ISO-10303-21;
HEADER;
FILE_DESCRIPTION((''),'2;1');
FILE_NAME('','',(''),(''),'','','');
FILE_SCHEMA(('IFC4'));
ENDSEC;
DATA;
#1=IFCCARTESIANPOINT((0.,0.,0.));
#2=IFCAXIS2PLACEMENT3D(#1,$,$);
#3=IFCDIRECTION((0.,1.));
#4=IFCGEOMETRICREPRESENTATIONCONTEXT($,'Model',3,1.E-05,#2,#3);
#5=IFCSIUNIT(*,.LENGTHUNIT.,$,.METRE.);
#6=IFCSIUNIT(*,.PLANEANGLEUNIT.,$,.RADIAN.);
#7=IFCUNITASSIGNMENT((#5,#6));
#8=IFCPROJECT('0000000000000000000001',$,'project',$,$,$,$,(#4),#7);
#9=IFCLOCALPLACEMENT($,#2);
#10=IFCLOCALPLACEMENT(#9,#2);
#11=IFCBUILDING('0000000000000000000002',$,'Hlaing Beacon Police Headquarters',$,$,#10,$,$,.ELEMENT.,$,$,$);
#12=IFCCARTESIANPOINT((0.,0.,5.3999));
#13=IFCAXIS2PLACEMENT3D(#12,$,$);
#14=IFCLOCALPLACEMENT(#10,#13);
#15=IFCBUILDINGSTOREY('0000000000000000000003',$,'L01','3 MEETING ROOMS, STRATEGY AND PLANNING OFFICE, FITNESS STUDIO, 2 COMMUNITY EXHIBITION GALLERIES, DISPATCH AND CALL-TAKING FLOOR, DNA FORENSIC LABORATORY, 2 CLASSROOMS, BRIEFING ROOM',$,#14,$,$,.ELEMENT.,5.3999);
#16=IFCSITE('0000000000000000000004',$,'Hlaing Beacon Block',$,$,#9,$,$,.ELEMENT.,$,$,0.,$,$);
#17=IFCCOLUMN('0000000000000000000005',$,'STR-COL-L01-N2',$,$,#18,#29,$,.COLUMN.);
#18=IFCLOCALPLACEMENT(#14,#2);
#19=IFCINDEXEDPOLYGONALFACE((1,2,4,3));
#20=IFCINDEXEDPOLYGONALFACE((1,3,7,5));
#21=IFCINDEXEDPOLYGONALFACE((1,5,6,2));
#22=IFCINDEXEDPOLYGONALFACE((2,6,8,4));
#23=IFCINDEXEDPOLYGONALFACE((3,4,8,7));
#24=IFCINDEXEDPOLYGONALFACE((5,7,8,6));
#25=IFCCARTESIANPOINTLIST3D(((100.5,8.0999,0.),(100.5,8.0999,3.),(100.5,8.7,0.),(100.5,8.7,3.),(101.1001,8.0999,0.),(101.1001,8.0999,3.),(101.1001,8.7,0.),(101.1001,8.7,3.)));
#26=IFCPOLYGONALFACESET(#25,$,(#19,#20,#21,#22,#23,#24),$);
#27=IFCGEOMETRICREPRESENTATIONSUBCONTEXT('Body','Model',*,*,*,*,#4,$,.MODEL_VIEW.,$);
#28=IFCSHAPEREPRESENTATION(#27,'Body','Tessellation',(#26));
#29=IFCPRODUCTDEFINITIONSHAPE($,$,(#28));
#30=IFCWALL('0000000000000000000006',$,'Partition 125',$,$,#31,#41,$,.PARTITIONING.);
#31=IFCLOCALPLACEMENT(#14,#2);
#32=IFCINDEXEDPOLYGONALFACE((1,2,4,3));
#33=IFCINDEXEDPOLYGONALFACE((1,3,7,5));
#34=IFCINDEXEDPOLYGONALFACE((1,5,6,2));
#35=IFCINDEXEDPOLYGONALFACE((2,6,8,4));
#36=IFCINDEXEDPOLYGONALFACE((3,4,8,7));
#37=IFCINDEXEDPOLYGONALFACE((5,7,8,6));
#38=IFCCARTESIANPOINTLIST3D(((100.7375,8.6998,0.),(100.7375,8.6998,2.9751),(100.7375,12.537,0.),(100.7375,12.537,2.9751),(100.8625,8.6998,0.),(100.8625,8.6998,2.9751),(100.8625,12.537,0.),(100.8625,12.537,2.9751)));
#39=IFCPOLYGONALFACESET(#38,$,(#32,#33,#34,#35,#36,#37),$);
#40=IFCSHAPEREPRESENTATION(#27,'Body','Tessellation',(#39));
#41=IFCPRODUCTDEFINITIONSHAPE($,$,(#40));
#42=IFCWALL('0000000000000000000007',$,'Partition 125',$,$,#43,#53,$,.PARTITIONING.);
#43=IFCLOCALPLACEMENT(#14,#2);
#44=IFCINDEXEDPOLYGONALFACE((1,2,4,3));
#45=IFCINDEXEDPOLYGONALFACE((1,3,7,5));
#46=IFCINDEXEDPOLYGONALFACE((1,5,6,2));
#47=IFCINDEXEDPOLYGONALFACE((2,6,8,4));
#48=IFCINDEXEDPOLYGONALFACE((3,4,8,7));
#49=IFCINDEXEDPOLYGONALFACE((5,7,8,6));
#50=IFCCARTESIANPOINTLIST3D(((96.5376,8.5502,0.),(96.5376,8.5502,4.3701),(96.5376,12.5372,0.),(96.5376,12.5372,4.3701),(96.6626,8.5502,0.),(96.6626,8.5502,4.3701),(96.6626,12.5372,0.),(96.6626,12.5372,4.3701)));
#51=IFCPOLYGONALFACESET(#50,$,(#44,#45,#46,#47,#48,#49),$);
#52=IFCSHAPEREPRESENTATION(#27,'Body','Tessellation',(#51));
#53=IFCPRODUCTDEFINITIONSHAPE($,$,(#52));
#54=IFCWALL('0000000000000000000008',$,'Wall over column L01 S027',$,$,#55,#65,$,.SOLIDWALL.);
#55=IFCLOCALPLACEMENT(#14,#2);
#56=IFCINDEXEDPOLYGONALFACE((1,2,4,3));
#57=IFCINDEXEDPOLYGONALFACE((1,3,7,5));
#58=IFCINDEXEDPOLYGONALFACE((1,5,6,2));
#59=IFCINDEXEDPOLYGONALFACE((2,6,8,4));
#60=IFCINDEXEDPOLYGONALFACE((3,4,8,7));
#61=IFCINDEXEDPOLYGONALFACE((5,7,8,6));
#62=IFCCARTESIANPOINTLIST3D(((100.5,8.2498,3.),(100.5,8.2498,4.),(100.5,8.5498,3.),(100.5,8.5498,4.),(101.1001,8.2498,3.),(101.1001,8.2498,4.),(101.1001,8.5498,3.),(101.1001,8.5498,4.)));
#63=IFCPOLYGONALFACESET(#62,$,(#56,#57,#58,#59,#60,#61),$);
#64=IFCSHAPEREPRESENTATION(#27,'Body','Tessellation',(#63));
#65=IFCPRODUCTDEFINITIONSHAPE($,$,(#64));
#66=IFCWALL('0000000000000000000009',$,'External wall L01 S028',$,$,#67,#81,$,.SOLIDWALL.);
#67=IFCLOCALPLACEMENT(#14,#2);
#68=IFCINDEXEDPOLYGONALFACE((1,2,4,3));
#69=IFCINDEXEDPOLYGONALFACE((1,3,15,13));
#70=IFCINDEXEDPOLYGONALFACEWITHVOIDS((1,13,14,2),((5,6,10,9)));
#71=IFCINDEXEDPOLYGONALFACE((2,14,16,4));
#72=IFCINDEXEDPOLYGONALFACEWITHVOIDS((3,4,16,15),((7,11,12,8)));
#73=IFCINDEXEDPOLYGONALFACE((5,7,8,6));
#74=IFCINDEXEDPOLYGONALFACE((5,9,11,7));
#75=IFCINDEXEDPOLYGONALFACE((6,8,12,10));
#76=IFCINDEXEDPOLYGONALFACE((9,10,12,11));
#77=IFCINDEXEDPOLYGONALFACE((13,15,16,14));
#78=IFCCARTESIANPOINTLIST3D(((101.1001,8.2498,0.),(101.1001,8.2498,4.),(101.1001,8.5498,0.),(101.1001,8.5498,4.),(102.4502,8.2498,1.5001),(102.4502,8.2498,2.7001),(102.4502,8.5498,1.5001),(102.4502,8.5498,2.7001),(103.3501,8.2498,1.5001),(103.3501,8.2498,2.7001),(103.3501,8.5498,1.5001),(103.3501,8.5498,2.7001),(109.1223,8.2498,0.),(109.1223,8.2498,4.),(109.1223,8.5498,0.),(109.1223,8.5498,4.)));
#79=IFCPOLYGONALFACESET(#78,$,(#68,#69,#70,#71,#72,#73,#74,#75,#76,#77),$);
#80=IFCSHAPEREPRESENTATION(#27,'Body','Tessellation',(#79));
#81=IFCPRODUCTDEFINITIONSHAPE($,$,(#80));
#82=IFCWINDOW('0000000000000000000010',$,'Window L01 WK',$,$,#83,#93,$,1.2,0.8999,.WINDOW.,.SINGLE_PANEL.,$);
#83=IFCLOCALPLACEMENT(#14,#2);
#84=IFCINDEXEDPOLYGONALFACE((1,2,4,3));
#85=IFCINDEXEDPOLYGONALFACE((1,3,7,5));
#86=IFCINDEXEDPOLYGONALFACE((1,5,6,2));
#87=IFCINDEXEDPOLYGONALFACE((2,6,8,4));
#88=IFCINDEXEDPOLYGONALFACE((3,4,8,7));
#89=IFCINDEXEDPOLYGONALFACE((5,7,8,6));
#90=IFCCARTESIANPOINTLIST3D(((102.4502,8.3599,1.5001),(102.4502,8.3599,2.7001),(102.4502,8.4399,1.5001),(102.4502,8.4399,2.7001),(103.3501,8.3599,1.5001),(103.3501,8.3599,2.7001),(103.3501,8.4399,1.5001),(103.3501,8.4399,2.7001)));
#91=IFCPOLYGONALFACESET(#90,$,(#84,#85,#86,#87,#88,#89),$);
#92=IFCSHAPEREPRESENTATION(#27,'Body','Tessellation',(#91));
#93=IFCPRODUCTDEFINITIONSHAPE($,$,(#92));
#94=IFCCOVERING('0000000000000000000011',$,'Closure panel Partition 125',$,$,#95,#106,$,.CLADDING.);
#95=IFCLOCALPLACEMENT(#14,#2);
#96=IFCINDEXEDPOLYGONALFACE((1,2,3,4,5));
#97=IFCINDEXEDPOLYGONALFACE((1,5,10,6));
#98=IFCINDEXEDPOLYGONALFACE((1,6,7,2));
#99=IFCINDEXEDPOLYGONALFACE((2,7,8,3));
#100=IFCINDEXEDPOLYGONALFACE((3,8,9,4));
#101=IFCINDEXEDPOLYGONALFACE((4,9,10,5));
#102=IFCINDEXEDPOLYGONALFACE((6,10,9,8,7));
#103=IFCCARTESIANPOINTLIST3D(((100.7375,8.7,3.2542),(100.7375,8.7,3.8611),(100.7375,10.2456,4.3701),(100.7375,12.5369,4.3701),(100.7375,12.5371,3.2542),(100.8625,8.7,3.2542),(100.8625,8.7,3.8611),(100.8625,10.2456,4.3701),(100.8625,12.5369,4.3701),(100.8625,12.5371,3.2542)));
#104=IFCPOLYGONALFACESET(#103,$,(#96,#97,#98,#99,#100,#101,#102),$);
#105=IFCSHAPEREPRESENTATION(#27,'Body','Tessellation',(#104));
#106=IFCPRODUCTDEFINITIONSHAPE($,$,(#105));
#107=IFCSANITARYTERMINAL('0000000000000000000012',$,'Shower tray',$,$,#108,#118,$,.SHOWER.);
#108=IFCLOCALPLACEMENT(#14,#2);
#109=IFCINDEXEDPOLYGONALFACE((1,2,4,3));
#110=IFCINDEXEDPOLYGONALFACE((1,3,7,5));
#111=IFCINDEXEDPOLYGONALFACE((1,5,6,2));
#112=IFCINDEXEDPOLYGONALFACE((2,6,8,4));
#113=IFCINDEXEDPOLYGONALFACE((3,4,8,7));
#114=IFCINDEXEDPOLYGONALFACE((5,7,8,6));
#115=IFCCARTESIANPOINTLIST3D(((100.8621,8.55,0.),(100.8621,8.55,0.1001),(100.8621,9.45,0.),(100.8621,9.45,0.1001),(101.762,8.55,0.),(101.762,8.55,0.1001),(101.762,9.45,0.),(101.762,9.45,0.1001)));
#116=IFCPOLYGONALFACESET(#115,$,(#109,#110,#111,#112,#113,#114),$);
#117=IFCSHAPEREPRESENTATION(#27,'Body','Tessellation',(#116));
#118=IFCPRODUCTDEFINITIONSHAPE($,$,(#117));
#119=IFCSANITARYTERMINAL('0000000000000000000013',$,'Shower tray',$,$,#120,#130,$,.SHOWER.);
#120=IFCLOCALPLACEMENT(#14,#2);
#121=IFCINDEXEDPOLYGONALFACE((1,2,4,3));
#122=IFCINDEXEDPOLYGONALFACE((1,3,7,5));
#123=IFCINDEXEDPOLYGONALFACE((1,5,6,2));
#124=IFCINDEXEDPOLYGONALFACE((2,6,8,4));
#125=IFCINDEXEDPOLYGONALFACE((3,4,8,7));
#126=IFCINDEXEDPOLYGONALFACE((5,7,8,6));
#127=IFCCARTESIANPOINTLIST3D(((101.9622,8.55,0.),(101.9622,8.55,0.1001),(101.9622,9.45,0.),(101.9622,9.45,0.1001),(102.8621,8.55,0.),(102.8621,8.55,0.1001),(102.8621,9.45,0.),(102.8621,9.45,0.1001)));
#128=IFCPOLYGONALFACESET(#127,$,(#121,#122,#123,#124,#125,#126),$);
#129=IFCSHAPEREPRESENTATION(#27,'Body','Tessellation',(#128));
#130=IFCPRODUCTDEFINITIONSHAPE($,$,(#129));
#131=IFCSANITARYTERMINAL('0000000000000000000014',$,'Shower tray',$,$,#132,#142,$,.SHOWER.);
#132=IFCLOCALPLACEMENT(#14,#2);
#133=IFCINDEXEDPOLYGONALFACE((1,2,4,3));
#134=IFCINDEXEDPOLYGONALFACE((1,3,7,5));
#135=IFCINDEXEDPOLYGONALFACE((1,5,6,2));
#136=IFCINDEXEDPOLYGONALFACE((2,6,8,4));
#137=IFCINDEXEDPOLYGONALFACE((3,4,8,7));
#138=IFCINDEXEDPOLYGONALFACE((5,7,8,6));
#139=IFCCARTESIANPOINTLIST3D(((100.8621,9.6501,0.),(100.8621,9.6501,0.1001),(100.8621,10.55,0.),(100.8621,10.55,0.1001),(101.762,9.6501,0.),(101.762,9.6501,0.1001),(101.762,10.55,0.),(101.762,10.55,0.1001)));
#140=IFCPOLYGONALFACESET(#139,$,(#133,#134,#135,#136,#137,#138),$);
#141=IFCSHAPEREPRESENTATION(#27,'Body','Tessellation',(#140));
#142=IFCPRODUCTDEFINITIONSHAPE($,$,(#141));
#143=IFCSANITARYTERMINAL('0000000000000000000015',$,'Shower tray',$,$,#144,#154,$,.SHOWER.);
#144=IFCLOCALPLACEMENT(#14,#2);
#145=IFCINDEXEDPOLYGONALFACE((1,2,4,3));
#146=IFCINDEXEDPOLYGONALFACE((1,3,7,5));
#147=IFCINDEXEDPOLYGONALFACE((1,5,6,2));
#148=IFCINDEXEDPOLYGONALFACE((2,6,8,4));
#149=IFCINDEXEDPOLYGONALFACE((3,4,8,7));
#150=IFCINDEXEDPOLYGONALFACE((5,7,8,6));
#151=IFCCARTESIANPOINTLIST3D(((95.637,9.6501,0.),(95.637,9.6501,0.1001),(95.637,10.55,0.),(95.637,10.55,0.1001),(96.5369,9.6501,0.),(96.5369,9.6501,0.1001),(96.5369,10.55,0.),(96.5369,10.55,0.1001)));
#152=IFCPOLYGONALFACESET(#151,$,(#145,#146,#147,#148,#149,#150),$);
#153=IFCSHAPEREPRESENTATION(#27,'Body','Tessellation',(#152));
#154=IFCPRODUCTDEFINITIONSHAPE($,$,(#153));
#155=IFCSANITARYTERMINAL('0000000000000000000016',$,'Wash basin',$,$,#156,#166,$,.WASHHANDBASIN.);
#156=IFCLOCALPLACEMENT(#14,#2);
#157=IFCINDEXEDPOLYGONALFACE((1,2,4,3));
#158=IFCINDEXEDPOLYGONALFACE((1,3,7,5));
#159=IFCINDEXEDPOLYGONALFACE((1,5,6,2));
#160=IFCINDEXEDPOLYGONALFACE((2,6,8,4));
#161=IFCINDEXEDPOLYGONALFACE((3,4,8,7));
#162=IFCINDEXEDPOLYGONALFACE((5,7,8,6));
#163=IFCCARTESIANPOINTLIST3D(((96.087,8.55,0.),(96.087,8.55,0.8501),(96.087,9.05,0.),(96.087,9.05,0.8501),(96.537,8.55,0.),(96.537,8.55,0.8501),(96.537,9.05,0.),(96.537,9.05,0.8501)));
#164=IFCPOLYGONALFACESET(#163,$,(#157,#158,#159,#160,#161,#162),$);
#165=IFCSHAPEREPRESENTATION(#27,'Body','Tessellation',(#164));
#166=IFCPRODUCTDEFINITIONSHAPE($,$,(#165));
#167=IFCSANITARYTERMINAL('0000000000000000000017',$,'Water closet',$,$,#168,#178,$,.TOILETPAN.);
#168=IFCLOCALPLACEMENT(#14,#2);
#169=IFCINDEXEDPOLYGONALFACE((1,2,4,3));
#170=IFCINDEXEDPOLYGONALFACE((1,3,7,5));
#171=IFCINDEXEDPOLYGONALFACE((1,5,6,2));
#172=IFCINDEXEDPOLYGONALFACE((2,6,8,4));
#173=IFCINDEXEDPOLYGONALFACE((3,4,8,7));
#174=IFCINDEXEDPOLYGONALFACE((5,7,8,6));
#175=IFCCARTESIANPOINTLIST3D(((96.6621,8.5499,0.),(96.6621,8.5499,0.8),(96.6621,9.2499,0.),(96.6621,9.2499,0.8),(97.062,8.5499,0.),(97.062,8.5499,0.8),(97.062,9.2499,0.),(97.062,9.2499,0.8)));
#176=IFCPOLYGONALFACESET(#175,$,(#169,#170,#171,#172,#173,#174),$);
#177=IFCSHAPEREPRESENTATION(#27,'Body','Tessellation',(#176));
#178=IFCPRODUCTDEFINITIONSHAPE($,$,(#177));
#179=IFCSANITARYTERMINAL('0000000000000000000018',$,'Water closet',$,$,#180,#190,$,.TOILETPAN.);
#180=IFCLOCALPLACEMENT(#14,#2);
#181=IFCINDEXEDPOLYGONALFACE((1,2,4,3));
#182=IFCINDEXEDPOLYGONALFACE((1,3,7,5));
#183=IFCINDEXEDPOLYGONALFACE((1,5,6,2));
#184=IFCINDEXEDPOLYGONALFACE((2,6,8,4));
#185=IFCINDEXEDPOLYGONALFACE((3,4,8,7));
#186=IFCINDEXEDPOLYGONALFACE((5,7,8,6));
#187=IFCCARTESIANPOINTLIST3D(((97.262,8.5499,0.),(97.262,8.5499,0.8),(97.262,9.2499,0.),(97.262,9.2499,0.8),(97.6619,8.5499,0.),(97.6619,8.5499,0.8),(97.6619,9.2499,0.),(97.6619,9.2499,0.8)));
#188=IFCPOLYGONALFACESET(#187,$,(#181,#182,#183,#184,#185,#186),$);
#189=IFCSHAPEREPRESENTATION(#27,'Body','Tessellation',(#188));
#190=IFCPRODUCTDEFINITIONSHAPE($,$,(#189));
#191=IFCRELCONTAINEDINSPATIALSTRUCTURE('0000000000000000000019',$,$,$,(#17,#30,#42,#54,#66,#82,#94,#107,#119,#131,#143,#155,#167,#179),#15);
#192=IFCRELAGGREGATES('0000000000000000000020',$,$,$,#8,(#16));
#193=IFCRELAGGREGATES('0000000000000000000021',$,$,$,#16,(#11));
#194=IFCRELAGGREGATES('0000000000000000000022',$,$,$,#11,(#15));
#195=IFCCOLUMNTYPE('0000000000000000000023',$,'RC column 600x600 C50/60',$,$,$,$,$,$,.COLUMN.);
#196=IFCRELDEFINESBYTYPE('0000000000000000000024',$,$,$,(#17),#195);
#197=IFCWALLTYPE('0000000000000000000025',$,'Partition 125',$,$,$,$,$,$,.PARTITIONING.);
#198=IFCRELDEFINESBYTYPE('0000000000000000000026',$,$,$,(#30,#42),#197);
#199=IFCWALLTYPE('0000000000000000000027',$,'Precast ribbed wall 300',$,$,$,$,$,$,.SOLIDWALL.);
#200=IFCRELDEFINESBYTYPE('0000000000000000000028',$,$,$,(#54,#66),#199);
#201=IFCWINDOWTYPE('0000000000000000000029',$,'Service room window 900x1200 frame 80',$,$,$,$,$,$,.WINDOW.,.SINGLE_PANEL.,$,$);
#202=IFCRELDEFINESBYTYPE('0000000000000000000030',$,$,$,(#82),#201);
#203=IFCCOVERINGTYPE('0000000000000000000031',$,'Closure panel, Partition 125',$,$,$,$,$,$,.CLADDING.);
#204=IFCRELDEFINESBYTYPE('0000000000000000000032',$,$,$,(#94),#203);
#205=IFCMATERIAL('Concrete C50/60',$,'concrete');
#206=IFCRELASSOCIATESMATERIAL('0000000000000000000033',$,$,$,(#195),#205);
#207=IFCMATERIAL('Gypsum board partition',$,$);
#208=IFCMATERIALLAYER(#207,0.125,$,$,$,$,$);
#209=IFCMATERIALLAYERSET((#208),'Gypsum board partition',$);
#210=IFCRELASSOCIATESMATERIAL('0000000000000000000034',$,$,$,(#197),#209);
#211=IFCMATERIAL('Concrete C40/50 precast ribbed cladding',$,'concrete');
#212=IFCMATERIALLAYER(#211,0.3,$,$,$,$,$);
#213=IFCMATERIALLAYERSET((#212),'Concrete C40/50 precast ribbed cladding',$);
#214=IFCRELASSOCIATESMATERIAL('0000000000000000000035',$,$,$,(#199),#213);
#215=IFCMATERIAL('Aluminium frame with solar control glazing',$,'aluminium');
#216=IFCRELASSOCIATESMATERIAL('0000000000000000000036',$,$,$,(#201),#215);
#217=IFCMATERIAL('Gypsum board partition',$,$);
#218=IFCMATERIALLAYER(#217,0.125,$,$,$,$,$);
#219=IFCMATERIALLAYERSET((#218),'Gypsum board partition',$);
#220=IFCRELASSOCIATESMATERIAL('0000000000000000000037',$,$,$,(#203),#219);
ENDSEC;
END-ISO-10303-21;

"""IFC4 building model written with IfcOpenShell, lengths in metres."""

from ifc_helpers import new_model, si_unit, direction, frame, frame_2d, origin, origin_2d, place, context, subcontext, project, spatial, polyline, rectangle, outline, extrude, material, layer, layer_set, material_profile, profile_set, type_object, element, fill, save


model = new_model("IFC4")

# Units and contexts
model_context = context("Model", 3, precision=1e-05, world=origin(), true_north=direction((0.0, 1.0)))
body_context = subcontext(model_context, "Body", "Model", "MODEL_VIEW")
ifc_project = project(units=[si_unit("LENGTHUNIT", "METRE"), si_unit("PLANEANGLEUNIT", "RADIAN")], contexts=[model_context])

# Site, building, storey
site_placement = place(None, origin())
site = spatial("IfcSite", under=ifc_project, at=site_placement, Name="Hlaing Beacon Block", CompositionType="ELEMENT", RefElevation=0.0)
building_placement = place(site_placement, origin())
building = spatial("IfcBuilding", under=site, at=building_placement, Name="Hlaing Beacon Police Headquarters", CompositionType="ELEMENT")
storey_placement = place(building_placement, frame((0.0, 0.0, 5.3999)))
storey = spatial("IfcBuildingStorey", under=building, at=storey_placement, Name="L01", Description="3 MEETING ROOMS, STRATEGY AND PLANNING OFFICE, FITNESS STUDIO, 2 COMMUNITY EXHIBITION GALLERIES, DISPATCH AND CALL-TAKING FLOOR, DNA FORENSIC LABORATORY, 2 CLASSROOMS, BRIEFING ROOM", CompositionType="ELEMENT", Elevation=5.3999)

# Column
ifc_material_1 = material(Name="Concrete C50/60", Category="concrete")
ifc_material_profile = material_profile(ifc_material_1, rectangle(XDim=0.6001, YDim=0.6001, at=origin_2d()), Name="600x600")
ifc_profile_set = profile_set([ifc_material_profile], Name="Concrete C50/60")
column_type = type_object("IfcColumnType", Name="RC column 600x600 C50/60", PredefinedType="COLUMN", material=ifc_profile_set)
column_placement = place(storey_placement, frame((100.8, 8.3999, 0.0), z_axis=(0.0, 0.0, 1.0), x_axis=(1.0, 0.0, 0.0)))
element("IfcColumn", 1, at=column_placement, inside=storey, type_object=column_type, Name="STR-COL-L01-N2", PredefinedType="COLUMN", context=body_context, shape_type="SweptSolid", body=[
    extrude(rectangle(XDim=0.6001, YDim=0.6001, at=origin_2d()), origin(), (0.0, 0.0, 1.0), 3.0),
])

# Walls
ifc_material_2 = material(Name="Gypsum board partition")
ifc_layer_1 = layer(ifc_material_2, 0.125)
ifc_layer_set_1 = layer_set([ifc_layer_1], Name="Gypsum board partition")
wall_type_1 = type_object("IfcWallType", Name="Partition 125", PredefinedType="PARTITIONING", material=ifc_layer_set_1)
wall_1_placement = place(storey_placement, frame((100.8, 8.7, 0.0), z_axis=(0.0, 0.0, 1.0), x_axis=(0.0, 1.0, 0.0)))
element("IfcWall", 2, at=wall_1_placement, inside=storey, type_object=wall_type_1, Name="Partition 125", PredefinedType="PARTITIONING", context=body_context, shape_type="SweptSolid", body=[
    extrude(rectangle(XDim=3.8372, YDim=0.125, at=frame_2d((1.9185, 0.0))), origin(), (0.0, 0.0, 1.0), 2.9751),
])
wall_2_placement = place(storey_placement, frame((96.6001, 8.55, 0.0), z_axis=(0.0, 0.0, 1.0), x_axis=(0.0, 1.0, 0.0)))
element("IfcWall", 3, at=wall_2_placement, inside=storey, type_object=wall_type_1, Name="Partition 125", PredefinedType="PARTITIONING", context=body_context, shape_type="SweptSolid", body=[
    extrude(rectangle(XDim=3.9871, YDim=0.125, at=frame_2d((1.9937, 0.0))), origin(), (0.0, 0.0, 1.0), 4.3701),
])
ifc_material_3 = material(Name="Concrete C40/50 precast ribbed cladding", Category="concrete")
ifc_layer_2 = layer(ifc_material_3, 0.3)
ifc_layer_set_2 = layer_set([ifc_layer_2], Name="Concrete C40/50 precast ribbed cladding")
wall_type_2 = type_object("IfcWallType", Name="Precast ribbed wall 300", PredefinedType="SOLIDWALL", material=ifc_layer_set_2)
wall_3_placement = place(storey_placement, frame((100.5, 8.3999, 3.0), z_axis=(0.0, 0.0, 1.0), x_axis=(1.0, 0.0, 0.0)))
element("IfcWall", 4, at=wall_3_placement, inside=storey, type_object=wall_type_2, Name="Wall over column L01 S027", PredefinedType="SOLIDWALL", context=body_context, shape_type="SweptSolid", body=[
    extrude(outline(polyline([(0.0, 0.0), (0.6001, 0.0), (0.6001, 1.0), (0.0, 1.0), (0.0, 0.0)])), frame((0.0, 0.1499, 0.0), z_axis=(0.0, -1.0, 0.0), x_axis=(1.0, 0.0, 0.0)), (0.0, 0.0, 1.0), 0.3),
])

# Wall, opening, window
wall_4_placement = place(storey_placement, frame((101.1001, 8.3999, 0.0), z_axis=(0.0, 0.0, 1.0), x_axis=(1.0, 0.0, 0.0)))
wall_4 = element("IfcWall", 5, at=wall_4_placement, inside=storey, type_object=wall_type_2, Name="External wall L01 S028", PredefinedType="SOLIDWALL", context=body_context, shape_type="SweptSolid", body=[
    extrude(outline(polyline([(0.0, 0.0), (8.0222, 0.0), (8.0222, 4.0), (7.8999, 4.0), (0.0, 4.0), (0.0, 0.0)])), frame((0.0, 0.1499, 0.0), z_axis=(0.0, -1.0, 0.0), x_axis=(1.0, 0.0, 0.0)), (0.0, 0.0, 1.0), 0.3),
])
opening_placement = place(wall_4_placement, frame((1.3501, 0.0, 1.5)))
opening = element("IfcOpeningElement", 6, at=opening_placement, cuts=wall_4, PredefinedType="OPENING", context=body_context, shape_type="SweptSolid", body=[
    extrude(rectangle(XDim=0.8999, YDim=1.2, at=frame_2d((0.45, 0.6001))), frame((0.0, 0.1602, 0.0), z_axis=(0.0, -1.0, 0.0), x_axis=(1.0, 0.0, 0.0)), (0.0, 0.0, 1.0), 0.3201),
])
ifc_material_4 = material(Name="Aluminium frame with solar control glazing", Category="aluminium")
window_type = type_object("IfcWindowType", Name="Service room window 900x1200 frame 80", PartitioningType="SINGLE_PANEL", PredefinedType="WINDOW", material=ifc_material_4)
window_placement = place(opening_placement, origin())
window = element("IfcWindow", 7, at=window_placement, inside=storey, type_object=window_type, Name="Window L01 WK", OverallHeight=1.2, OverallWidth=0.8999, PartitioningType="SINGLE_PANEL", PredefinedType="WINDOW", context=body_context, shape_type="SweptSolid", body=[
    extrude(rectangle(XDim=0.8999, YDim=1.2, at=frame_2d((0.45, 0.6001))), frame((0.0, 0.04, 0.0), z_axis=(0.0, -1.0, 0.0), x_axis=(1.0, 0.0, 0.0)), (0.0, 0.0, 1.0), 0.0801),
])
fill(opening, window)

# Covering
ifc_material_5 = material(Name="Gypsum board partition")
ifc_layer_3 = layer(ifc_material_5, 0.125)
ifc_layer_set_3 = layer_set([ifc_layer_3], Name="Gypsum board partition")
covering_type = type_object("IfcCoveringType", Name="Closure panel, Partition 125", PredefinedType="CLADDING", material=ifc_layer_set_3)
covering_placement = place(storey_placement, frame((100.8, 8.7, 3.2542), z_axis=(0.0, 0.0, 1.0), x_axis=(0.0, 1.0, 0.0)))
element("IfcCovering", 8, at=covering_placement, inside=storey, type_object=covering_type, Name="Closure panel Partition 125", PredefinedType="CLADDING", context=body_context, shape_type="SweptSolid", body=[
    extrude(outline(polyline([(0.0, 0.0), (3.8372, 0.0), (3.8369, 1.116), (1.5457, 1.116), (0.0, 0.6069), (0.0, 0.0)])), frame((0.0, 0.0625, 0.0), z_axis=(0.0, -1.0, 0.0), x_axis=(1.0, 0.0, 0.0)), (0.0, 0.0, 1.0), 0.125),
])

# Sanitary terminals
for number, where, z_axis, x_axis, name in (
    (9, (101.312, 9.0, 0.0), (0.0, 0.0, 1.0), (1.0, 0.0, 0.0), "Shower tray"),
    (10, (102.4121, 9.0, 0.0), (0.0, 0.0, 1.0), (1.0, 0.0, 0.0), "Shower tray"),
    (11, (101.312, 10.1001, 0.0), (0.0, 0.0, 1.0), (1.0, 0.0, 0.0), "Shower tray"),
    (12, (96.0869, 10.1001, 0.0), (0.0, 0.0, 1.0), (1.0, 0.0, 0.0), "Shower tray"),
):
    element("IfcSanitaryTerminal", number, at=place(storey_placement, frame(where, z_axis=z_axis, x_axis=x_axis)), inside=storey, Name=name, PredefinedType="SHOWER", context=body_context, shape_type="SweptSolid", body=[
        extrude(rectangle(XDim=0.8999, YDim=0.8999, at=origin_2d()), origin(), (0.0, 0.0, 1.0), 0.1001),
    ])
sanitary_terminal_placement = place(storey_placement, frame((96.312, 8.8, 0.0), z_axis=(0.0, 0.0, 1.0), x_axis=(1.0, 0.0, 0.0)))
element("IfcSanitaryTerminal", 13, at=sanitary_terminal_placement, inside=storey, Name="Wash basin", PredefinedType="WASHHANDBASIN", context=body_context, shape_type="SweptSolid", body=[
    extrude(rectangle(XDim=0.45, YDim=0.5, at=origin_2d()), origin(), (0.0, 0.0, 1.0), 0.8501),
])
for number, where, z_axis, x_axis, name in (
    (14, (96.8621, 8.8999, 0.0), (0.0, 0.0, 1.0), (1.0, 0.0, 0.0), "Water closet"),
    (15, (97.4619, 8.8999, 0.0), (0.0, 0.0, 1.0), (1.0, 0.0, 0.0), "Water closet"),
):
    element("IfcSanitaryTerminal", number, at=place(storey_placement, frame(where, z_axis=z_axis, x_axis=x_axis)), inside=storey, Name=name, PredefinedType="TOILETPAN", context=body_context, shape_type="SweptSolid", body=[
        extrude(rectangle(XDim=0.3999, YDim=0.7, at=origin_2d()), origin(), (0.0, 0.0, 1.0), 0.8),
    ])

save(model, "model.ifc")
